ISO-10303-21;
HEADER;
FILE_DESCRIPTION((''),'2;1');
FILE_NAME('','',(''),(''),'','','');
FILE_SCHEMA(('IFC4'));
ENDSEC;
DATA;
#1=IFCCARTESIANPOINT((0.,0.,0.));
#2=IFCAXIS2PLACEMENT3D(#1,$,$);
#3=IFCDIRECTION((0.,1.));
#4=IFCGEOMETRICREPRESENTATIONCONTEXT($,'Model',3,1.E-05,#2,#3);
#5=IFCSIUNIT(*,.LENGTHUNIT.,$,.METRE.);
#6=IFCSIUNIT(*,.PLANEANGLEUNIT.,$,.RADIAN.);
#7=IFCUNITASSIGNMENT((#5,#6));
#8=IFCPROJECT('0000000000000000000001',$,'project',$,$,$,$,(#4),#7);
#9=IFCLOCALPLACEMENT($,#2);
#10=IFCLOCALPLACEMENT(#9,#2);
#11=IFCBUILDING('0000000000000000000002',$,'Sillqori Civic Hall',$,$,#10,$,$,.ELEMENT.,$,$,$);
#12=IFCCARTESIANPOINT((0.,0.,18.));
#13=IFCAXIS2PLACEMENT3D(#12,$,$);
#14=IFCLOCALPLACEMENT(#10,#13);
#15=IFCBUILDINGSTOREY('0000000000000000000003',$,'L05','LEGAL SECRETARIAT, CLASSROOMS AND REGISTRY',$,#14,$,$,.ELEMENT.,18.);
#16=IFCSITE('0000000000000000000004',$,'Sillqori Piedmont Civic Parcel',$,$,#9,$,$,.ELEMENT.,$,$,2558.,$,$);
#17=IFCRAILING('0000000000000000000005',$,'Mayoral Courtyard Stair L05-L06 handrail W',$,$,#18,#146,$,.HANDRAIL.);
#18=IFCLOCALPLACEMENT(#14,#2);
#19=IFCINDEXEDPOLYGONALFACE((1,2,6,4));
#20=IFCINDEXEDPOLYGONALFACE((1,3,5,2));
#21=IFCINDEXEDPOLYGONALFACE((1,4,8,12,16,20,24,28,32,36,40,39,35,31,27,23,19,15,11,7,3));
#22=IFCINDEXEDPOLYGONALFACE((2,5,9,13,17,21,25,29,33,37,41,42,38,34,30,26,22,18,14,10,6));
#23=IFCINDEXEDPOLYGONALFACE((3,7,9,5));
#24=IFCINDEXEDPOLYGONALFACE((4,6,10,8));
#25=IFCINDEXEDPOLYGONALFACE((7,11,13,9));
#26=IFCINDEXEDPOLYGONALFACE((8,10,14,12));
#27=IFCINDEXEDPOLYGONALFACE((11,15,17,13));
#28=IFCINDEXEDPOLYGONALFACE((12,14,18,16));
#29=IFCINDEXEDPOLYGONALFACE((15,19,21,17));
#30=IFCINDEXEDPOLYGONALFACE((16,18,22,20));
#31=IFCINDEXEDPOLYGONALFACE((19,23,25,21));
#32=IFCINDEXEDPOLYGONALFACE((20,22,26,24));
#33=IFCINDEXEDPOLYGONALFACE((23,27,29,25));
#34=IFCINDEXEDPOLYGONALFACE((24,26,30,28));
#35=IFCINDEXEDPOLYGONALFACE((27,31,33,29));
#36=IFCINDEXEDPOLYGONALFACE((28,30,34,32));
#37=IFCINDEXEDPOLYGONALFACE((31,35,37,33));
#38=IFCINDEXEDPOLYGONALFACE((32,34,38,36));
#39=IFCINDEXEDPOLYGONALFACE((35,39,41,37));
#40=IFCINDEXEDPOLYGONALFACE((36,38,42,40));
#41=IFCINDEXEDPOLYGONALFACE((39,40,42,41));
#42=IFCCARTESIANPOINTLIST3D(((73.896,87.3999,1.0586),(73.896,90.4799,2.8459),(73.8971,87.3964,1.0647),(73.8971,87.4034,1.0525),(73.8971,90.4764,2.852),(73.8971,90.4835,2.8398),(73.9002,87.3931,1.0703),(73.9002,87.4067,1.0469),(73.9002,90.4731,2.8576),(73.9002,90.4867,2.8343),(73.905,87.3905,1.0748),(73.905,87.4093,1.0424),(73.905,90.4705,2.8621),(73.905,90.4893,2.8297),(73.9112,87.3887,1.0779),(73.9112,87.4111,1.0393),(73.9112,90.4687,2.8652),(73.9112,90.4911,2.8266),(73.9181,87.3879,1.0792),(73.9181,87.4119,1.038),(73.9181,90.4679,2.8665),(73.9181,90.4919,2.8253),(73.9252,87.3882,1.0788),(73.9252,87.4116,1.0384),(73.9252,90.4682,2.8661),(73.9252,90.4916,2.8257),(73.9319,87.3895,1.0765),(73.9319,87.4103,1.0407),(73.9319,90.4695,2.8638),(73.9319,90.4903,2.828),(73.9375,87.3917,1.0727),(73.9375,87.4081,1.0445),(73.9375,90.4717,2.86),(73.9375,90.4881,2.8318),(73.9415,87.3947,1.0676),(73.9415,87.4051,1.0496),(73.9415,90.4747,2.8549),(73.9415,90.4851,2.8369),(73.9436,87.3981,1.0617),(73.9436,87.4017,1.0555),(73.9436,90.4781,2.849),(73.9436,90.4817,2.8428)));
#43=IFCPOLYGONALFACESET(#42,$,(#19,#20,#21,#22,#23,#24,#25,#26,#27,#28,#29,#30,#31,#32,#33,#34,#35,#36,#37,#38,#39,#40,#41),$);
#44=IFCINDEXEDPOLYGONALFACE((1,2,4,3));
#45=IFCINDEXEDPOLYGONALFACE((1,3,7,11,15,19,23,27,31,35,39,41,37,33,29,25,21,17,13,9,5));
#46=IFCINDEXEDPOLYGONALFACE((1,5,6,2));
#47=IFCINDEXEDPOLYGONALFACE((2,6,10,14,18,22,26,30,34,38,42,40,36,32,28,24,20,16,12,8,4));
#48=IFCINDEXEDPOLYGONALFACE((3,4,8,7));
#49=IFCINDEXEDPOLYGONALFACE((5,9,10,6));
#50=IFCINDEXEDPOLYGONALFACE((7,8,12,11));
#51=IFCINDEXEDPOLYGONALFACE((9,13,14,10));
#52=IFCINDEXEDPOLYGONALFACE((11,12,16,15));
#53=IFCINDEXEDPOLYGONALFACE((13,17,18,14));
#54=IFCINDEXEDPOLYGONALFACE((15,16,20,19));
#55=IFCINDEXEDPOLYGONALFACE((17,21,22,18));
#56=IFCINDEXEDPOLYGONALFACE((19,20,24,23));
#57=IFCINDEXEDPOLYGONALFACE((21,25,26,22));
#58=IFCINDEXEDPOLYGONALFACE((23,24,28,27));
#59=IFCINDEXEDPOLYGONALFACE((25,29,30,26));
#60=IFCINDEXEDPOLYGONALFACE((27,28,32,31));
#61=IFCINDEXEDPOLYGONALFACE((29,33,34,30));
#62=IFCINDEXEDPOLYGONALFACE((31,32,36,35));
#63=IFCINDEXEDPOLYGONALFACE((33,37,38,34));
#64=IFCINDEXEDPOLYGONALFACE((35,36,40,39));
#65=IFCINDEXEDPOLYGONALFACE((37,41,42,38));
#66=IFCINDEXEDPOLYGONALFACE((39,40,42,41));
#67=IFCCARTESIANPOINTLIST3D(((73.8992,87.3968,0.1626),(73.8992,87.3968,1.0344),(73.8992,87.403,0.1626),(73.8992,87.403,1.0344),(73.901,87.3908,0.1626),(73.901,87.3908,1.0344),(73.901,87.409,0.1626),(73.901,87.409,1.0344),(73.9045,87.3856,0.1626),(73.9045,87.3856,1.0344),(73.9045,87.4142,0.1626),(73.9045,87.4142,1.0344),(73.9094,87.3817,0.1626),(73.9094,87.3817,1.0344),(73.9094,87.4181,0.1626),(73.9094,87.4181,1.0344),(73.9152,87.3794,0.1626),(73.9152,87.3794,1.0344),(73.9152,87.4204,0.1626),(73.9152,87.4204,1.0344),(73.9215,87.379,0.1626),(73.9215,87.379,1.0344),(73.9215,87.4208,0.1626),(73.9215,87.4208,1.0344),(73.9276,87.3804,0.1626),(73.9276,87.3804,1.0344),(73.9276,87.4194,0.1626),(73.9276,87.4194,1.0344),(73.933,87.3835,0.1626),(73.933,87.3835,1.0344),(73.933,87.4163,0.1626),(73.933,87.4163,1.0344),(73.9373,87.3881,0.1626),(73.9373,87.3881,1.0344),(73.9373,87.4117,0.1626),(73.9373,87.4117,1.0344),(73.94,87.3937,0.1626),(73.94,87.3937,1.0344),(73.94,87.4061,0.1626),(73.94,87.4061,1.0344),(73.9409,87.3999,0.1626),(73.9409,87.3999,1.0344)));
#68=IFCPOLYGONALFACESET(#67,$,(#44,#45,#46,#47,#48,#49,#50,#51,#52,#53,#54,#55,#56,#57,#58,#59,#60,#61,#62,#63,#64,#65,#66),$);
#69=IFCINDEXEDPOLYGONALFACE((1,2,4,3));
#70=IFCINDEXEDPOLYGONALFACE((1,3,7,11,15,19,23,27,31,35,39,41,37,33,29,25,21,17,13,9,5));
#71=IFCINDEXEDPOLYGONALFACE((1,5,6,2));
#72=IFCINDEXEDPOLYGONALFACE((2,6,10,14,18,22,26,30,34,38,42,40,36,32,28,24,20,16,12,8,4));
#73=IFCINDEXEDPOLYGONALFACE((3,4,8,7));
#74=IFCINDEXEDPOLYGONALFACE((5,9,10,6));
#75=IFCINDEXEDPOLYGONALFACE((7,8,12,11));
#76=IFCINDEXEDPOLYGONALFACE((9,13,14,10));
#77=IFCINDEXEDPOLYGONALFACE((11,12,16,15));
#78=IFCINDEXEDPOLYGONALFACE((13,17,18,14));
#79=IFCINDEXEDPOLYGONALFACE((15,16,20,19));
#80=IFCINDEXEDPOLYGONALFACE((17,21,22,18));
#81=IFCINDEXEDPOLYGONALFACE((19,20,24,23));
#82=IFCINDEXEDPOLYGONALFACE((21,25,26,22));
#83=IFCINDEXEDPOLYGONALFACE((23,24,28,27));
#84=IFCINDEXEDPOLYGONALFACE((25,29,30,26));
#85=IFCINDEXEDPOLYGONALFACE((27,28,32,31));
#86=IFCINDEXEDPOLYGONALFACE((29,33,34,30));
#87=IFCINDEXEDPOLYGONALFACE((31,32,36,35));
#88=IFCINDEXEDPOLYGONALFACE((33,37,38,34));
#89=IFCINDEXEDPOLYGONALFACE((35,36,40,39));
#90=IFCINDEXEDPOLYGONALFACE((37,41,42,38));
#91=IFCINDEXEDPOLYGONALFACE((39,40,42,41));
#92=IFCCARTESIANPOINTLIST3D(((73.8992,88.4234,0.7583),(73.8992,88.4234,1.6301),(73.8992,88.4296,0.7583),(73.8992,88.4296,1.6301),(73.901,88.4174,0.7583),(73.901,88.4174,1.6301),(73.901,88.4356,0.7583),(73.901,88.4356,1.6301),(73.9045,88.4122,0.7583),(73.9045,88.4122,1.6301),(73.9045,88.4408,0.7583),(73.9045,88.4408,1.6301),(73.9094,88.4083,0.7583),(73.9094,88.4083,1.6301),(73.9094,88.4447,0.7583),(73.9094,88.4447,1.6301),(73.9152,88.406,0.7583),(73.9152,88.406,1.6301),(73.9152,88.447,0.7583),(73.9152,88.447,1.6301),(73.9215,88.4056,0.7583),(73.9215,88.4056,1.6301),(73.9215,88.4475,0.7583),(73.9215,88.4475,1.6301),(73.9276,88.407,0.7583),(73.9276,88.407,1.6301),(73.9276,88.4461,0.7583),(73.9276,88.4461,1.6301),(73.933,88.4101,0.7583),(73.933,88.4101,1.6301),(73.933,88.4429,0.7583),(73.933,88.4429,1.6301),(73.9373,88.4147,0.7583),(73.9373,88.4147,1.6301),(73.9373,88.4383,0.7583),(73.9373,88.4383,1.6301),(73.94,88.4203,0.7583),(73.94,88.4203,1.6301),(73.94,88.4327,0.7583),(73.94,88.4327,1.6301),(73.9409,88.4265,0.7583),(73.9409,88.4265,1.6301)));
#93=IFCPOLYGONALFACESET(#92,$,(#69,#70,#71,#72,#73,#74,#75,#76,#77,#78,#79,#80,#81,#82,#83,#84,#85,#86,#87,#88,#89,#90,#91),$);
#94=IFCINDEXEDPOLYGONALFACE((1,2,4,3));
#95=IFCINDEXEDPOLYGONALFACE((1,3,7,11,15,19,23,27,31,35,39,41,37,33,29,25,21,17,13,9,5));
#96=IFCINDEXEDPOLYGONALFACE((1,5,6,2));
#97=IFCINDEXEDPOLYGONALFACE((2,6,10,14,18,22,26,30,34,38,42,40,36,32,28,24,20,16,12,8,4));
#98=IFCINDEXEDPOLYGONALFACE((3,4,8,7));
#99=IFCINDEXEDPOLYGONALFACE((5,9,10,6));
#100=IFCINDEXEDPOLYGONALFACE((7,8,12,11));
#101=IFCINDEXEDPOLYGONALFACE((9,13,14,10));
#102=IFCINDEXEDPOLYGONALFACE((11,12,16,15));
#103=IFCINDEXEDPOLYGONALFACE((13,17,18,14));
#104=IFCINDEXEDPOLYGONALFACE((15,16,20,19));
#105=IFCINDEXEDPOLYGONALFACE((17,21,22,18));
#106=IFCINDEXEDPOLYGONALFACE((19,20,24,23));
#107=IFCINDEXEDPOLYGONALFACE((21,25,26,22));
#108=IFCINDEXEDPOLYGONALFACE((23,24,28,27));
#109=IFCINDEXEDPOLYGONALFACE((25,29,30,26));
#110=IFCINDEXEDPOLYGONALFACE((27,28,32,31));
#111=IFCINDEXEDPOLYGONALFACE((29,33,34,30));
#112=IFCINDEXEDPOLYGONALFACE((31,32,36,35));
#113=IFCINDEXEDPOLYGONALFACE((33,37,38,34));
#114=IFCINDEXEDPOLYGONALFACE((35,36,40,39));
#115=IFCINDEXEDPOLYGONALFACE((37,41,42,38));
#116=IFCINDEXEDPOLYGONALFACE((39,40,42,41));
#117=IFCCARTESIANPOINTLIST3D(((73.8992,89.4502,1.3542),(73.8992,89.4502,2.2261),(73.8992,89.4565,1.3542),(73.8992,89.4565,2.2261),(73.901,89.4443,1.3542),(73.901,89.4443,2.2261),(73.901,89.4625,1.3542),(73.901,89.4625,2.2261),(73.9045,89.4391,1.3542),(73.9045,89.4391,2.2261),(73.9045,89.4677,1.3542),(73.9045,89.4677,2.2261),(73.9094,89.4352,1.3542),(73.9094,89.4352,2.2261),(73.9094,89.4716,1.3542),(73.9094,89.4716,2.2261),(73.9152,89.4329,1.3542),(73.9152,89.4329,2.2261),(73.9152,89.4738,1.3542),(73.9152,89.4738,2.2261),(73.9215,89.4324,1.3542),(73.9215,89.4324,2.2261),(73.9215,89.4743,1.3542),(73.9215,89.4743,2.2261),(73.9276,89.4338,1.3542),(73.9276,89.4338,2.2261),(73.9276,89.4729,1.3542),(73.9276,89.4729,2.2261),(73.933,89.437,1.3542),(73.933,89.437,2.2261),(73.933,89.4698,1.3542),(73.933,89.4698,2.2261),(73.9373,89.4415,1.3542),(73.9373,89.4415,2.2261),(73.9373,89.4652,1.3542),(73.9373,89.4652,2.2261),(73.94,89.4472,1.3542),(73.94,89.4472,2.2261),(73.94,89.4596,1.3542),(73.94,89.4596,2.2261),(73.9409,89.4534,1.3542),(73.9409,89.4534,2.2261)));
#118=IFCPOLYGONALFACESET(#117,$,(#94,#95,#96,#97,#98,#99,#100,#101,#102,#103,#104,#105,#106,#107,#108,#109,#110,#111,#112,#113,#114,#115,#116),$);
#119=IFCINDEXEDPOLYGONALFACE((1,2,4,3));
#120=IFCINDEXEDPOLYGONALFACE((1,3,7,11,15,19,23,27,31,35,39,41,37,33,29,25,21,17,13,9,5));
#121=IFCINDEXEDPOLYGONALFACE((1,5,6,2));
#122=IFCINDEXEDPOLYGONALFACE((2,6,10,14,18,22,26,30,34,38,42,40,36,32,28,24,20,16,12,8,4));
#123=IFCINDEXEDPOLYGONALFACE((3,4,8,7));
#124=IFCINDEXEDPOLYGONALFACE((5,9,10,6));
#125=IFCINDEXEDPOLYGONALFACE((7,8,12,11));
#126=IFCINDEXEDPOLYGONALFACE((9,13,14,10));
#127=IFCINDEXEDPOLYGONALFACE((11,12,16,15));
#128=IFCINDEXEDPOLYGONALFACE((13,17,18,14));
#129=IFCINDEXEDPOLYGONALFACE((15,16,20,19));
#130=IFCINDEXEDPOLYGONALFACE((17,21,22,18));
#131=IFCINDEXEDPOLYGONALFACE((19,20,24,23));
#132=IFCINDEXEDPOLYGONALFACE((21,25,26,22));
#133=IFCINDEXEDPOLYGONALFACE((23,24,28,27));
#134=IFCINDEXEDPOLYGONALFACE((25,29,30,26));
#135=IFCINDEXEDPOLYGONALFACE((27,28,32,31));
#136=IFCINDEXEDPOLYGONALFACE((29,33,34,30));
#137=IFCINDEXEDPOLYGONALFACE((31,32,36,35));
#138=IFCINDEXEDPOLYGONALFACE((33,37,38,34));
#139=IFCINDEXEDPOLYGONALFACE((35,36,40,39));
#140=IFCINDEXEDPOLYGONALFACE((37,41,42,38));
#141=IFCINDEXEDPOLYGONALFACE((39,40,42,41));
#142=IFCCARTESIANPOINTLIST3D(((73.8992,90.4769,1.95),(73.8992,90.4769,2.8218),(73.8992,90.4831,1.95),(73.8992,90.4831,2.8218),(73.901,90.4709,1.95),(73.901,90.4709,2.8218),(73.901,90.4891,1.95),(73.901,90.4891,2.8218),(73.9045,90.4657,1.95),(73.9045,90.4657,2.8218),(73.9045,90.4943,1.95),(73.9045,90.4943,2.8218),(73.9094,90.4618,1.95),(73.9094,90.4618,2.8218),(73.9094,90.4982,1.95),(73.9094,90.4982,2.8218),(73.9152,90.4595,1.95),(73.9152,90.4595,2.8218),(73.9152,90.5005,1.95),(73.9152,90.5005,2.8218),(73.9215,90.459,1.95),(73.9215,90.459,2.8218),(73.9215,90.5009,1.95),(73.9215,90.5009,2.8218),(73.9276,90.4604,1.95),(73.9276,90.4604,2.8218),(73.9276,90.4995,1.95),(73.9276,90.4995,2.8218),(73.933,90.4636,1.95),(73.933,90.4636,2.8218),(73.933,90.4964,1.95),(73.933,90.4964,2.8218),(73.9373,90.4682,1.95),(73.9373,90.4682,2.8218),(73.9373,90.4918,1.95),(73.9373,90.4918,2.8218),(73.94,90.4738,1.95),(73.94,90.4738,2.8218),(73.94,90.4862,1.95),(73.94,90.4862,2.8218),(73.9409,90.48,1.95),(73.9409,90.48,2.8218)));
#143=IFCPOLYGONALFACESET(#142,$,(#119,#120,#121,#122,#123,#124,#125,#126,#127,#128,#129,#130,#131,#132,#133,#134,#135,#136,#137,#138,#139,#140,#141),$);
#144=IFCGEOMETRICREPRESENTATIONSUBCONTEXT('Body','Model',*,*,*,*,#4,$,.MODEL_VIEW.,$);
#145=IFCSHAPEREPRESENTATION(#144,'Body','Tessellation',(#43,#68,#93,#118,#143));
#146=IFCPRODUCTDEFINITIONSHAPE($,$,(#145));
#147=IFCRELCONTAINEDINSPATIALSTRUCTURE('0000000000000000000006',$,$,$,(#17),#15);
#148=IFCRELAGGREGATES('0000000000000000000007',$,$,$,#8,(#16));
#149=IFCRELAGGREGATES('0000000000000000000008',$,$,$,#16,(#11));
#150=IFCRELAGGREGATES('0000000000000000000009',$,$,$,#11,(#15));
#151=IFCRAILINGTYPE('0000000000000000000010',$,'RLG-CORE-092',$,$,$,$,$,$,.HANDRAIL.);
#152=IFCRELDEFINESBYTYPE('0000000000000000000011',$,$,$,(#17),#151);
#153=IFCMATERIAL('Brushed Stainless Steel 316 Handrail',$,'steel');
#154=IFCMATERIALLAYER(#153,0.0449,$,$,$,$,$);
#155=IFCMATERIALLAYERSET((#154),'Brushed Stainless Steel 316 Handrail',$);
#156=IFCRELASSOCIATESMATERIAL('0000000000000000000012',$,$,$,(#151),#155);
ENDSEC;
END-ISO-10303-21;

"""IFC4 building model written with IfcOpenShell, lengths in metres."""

from ifc_helpers import new_model, si_unit, direction, frame, origin, origin_2d, place, context, subcontext, project, spatial, circle, extrude, material, layer, layer_set, type_object, element, save


model = new_model("IFC4")

# Units and contexts
model_context = context("Model", 3, precision=1e-05, world=origin(), true_north=direction((0.0, 1.0)))
body_context = subcontext(model_context, "Body", "Model", "MODEL_VIEW")
ifc_project = project(units=[si_unit("LENGTHUNIT", "METRE"), si_unit("PLANEANGLEUNIT", "RADIAN")], contexts=[model_context])

# Site, building, storey
site_placement = place(None, origin())
site = spatial("IfcSite", under=ifc_project, at=site_placement, Name="Sillqori Piedmont Civic Parcel", CompositionType="ELEMENT", RefElevation=2558.0)
building_placement = place(site_placement, origin())
building = spatial("IfcBuilding", under=site, at=building_placement, Name="Sillqori Civic Hall", CompositionType="ELEMENT")
storey_placement = place(building_placement, frame((0.0, 0.0, 18.0)))
storey = spatial("IfcBuildingStorey", under=building, at=storey_placement, Name="L05", Description="LEGAL SECRETARIAT, CLASSROOMS AND REGISTRY", CompositionType="ELEMENT", Elevation=18.0)

# Railing
ifc_material_1 = material(Name="Brushed Stainless Steel 316 Handrail", Category="steel")
ifc_layer_1 = layer(ifc_material_1, 0.0449)
ifc_layer_set_1 = layer_set([ifc_layer_1], Name="Brushed Stainless Steel 316 Handrail")
railing_type_1 = type_object("IfcRailingType", Name="RLG-CORE-092", PredefinedType="HANDRAIL", material=ifc_layer_set_1)
railing_1_placement = place(storey_placement, frame((73.9199, 87.3999, 0.1626)))
element("IfcRailing", 1, at=railing_1_placement, inside=storey, type_object=railing_type_1, Name="Mayoral Courtyard Stair L05-L06 handrail W", PredefinedType="HANDRAIL", context=body_context, shape_type="SweptSolid", body=[
    extrude(circle(Radius=0.0239, at=origin_2d()), frame((0.0, 0.0, 0.896), z_axis=(0.0, 0.86492, 0.501909), x_axis=(-1.0, 0.0, 0.0)), (0.0, 0.0, 1.0), 3.561),
    extrude(circle(Radius=0.021, at=origin_2d()), origin(), (0.0, 0.0, 1.0), 0.8718),
    extrude(circle(Radius=0.021, at=origin_2d()), frame((0.0, 1.0266, 0.5957)), (0.0, 0.0, 1.0), 0.8718),
    extrude(circle(Radius=0.021, at=origin_2d()), frame((0.0, 2.0535, 1.1917)), (0.0, 0.0, 1.0), 0.8718),
    extrude(circle(Radius=0.021, at=origin_2d()), frame((0.0, 3.0801, 1.7874)), (0.0, 0.0, 1.0), 0.8718),
])

save(model, "model.ifc")
